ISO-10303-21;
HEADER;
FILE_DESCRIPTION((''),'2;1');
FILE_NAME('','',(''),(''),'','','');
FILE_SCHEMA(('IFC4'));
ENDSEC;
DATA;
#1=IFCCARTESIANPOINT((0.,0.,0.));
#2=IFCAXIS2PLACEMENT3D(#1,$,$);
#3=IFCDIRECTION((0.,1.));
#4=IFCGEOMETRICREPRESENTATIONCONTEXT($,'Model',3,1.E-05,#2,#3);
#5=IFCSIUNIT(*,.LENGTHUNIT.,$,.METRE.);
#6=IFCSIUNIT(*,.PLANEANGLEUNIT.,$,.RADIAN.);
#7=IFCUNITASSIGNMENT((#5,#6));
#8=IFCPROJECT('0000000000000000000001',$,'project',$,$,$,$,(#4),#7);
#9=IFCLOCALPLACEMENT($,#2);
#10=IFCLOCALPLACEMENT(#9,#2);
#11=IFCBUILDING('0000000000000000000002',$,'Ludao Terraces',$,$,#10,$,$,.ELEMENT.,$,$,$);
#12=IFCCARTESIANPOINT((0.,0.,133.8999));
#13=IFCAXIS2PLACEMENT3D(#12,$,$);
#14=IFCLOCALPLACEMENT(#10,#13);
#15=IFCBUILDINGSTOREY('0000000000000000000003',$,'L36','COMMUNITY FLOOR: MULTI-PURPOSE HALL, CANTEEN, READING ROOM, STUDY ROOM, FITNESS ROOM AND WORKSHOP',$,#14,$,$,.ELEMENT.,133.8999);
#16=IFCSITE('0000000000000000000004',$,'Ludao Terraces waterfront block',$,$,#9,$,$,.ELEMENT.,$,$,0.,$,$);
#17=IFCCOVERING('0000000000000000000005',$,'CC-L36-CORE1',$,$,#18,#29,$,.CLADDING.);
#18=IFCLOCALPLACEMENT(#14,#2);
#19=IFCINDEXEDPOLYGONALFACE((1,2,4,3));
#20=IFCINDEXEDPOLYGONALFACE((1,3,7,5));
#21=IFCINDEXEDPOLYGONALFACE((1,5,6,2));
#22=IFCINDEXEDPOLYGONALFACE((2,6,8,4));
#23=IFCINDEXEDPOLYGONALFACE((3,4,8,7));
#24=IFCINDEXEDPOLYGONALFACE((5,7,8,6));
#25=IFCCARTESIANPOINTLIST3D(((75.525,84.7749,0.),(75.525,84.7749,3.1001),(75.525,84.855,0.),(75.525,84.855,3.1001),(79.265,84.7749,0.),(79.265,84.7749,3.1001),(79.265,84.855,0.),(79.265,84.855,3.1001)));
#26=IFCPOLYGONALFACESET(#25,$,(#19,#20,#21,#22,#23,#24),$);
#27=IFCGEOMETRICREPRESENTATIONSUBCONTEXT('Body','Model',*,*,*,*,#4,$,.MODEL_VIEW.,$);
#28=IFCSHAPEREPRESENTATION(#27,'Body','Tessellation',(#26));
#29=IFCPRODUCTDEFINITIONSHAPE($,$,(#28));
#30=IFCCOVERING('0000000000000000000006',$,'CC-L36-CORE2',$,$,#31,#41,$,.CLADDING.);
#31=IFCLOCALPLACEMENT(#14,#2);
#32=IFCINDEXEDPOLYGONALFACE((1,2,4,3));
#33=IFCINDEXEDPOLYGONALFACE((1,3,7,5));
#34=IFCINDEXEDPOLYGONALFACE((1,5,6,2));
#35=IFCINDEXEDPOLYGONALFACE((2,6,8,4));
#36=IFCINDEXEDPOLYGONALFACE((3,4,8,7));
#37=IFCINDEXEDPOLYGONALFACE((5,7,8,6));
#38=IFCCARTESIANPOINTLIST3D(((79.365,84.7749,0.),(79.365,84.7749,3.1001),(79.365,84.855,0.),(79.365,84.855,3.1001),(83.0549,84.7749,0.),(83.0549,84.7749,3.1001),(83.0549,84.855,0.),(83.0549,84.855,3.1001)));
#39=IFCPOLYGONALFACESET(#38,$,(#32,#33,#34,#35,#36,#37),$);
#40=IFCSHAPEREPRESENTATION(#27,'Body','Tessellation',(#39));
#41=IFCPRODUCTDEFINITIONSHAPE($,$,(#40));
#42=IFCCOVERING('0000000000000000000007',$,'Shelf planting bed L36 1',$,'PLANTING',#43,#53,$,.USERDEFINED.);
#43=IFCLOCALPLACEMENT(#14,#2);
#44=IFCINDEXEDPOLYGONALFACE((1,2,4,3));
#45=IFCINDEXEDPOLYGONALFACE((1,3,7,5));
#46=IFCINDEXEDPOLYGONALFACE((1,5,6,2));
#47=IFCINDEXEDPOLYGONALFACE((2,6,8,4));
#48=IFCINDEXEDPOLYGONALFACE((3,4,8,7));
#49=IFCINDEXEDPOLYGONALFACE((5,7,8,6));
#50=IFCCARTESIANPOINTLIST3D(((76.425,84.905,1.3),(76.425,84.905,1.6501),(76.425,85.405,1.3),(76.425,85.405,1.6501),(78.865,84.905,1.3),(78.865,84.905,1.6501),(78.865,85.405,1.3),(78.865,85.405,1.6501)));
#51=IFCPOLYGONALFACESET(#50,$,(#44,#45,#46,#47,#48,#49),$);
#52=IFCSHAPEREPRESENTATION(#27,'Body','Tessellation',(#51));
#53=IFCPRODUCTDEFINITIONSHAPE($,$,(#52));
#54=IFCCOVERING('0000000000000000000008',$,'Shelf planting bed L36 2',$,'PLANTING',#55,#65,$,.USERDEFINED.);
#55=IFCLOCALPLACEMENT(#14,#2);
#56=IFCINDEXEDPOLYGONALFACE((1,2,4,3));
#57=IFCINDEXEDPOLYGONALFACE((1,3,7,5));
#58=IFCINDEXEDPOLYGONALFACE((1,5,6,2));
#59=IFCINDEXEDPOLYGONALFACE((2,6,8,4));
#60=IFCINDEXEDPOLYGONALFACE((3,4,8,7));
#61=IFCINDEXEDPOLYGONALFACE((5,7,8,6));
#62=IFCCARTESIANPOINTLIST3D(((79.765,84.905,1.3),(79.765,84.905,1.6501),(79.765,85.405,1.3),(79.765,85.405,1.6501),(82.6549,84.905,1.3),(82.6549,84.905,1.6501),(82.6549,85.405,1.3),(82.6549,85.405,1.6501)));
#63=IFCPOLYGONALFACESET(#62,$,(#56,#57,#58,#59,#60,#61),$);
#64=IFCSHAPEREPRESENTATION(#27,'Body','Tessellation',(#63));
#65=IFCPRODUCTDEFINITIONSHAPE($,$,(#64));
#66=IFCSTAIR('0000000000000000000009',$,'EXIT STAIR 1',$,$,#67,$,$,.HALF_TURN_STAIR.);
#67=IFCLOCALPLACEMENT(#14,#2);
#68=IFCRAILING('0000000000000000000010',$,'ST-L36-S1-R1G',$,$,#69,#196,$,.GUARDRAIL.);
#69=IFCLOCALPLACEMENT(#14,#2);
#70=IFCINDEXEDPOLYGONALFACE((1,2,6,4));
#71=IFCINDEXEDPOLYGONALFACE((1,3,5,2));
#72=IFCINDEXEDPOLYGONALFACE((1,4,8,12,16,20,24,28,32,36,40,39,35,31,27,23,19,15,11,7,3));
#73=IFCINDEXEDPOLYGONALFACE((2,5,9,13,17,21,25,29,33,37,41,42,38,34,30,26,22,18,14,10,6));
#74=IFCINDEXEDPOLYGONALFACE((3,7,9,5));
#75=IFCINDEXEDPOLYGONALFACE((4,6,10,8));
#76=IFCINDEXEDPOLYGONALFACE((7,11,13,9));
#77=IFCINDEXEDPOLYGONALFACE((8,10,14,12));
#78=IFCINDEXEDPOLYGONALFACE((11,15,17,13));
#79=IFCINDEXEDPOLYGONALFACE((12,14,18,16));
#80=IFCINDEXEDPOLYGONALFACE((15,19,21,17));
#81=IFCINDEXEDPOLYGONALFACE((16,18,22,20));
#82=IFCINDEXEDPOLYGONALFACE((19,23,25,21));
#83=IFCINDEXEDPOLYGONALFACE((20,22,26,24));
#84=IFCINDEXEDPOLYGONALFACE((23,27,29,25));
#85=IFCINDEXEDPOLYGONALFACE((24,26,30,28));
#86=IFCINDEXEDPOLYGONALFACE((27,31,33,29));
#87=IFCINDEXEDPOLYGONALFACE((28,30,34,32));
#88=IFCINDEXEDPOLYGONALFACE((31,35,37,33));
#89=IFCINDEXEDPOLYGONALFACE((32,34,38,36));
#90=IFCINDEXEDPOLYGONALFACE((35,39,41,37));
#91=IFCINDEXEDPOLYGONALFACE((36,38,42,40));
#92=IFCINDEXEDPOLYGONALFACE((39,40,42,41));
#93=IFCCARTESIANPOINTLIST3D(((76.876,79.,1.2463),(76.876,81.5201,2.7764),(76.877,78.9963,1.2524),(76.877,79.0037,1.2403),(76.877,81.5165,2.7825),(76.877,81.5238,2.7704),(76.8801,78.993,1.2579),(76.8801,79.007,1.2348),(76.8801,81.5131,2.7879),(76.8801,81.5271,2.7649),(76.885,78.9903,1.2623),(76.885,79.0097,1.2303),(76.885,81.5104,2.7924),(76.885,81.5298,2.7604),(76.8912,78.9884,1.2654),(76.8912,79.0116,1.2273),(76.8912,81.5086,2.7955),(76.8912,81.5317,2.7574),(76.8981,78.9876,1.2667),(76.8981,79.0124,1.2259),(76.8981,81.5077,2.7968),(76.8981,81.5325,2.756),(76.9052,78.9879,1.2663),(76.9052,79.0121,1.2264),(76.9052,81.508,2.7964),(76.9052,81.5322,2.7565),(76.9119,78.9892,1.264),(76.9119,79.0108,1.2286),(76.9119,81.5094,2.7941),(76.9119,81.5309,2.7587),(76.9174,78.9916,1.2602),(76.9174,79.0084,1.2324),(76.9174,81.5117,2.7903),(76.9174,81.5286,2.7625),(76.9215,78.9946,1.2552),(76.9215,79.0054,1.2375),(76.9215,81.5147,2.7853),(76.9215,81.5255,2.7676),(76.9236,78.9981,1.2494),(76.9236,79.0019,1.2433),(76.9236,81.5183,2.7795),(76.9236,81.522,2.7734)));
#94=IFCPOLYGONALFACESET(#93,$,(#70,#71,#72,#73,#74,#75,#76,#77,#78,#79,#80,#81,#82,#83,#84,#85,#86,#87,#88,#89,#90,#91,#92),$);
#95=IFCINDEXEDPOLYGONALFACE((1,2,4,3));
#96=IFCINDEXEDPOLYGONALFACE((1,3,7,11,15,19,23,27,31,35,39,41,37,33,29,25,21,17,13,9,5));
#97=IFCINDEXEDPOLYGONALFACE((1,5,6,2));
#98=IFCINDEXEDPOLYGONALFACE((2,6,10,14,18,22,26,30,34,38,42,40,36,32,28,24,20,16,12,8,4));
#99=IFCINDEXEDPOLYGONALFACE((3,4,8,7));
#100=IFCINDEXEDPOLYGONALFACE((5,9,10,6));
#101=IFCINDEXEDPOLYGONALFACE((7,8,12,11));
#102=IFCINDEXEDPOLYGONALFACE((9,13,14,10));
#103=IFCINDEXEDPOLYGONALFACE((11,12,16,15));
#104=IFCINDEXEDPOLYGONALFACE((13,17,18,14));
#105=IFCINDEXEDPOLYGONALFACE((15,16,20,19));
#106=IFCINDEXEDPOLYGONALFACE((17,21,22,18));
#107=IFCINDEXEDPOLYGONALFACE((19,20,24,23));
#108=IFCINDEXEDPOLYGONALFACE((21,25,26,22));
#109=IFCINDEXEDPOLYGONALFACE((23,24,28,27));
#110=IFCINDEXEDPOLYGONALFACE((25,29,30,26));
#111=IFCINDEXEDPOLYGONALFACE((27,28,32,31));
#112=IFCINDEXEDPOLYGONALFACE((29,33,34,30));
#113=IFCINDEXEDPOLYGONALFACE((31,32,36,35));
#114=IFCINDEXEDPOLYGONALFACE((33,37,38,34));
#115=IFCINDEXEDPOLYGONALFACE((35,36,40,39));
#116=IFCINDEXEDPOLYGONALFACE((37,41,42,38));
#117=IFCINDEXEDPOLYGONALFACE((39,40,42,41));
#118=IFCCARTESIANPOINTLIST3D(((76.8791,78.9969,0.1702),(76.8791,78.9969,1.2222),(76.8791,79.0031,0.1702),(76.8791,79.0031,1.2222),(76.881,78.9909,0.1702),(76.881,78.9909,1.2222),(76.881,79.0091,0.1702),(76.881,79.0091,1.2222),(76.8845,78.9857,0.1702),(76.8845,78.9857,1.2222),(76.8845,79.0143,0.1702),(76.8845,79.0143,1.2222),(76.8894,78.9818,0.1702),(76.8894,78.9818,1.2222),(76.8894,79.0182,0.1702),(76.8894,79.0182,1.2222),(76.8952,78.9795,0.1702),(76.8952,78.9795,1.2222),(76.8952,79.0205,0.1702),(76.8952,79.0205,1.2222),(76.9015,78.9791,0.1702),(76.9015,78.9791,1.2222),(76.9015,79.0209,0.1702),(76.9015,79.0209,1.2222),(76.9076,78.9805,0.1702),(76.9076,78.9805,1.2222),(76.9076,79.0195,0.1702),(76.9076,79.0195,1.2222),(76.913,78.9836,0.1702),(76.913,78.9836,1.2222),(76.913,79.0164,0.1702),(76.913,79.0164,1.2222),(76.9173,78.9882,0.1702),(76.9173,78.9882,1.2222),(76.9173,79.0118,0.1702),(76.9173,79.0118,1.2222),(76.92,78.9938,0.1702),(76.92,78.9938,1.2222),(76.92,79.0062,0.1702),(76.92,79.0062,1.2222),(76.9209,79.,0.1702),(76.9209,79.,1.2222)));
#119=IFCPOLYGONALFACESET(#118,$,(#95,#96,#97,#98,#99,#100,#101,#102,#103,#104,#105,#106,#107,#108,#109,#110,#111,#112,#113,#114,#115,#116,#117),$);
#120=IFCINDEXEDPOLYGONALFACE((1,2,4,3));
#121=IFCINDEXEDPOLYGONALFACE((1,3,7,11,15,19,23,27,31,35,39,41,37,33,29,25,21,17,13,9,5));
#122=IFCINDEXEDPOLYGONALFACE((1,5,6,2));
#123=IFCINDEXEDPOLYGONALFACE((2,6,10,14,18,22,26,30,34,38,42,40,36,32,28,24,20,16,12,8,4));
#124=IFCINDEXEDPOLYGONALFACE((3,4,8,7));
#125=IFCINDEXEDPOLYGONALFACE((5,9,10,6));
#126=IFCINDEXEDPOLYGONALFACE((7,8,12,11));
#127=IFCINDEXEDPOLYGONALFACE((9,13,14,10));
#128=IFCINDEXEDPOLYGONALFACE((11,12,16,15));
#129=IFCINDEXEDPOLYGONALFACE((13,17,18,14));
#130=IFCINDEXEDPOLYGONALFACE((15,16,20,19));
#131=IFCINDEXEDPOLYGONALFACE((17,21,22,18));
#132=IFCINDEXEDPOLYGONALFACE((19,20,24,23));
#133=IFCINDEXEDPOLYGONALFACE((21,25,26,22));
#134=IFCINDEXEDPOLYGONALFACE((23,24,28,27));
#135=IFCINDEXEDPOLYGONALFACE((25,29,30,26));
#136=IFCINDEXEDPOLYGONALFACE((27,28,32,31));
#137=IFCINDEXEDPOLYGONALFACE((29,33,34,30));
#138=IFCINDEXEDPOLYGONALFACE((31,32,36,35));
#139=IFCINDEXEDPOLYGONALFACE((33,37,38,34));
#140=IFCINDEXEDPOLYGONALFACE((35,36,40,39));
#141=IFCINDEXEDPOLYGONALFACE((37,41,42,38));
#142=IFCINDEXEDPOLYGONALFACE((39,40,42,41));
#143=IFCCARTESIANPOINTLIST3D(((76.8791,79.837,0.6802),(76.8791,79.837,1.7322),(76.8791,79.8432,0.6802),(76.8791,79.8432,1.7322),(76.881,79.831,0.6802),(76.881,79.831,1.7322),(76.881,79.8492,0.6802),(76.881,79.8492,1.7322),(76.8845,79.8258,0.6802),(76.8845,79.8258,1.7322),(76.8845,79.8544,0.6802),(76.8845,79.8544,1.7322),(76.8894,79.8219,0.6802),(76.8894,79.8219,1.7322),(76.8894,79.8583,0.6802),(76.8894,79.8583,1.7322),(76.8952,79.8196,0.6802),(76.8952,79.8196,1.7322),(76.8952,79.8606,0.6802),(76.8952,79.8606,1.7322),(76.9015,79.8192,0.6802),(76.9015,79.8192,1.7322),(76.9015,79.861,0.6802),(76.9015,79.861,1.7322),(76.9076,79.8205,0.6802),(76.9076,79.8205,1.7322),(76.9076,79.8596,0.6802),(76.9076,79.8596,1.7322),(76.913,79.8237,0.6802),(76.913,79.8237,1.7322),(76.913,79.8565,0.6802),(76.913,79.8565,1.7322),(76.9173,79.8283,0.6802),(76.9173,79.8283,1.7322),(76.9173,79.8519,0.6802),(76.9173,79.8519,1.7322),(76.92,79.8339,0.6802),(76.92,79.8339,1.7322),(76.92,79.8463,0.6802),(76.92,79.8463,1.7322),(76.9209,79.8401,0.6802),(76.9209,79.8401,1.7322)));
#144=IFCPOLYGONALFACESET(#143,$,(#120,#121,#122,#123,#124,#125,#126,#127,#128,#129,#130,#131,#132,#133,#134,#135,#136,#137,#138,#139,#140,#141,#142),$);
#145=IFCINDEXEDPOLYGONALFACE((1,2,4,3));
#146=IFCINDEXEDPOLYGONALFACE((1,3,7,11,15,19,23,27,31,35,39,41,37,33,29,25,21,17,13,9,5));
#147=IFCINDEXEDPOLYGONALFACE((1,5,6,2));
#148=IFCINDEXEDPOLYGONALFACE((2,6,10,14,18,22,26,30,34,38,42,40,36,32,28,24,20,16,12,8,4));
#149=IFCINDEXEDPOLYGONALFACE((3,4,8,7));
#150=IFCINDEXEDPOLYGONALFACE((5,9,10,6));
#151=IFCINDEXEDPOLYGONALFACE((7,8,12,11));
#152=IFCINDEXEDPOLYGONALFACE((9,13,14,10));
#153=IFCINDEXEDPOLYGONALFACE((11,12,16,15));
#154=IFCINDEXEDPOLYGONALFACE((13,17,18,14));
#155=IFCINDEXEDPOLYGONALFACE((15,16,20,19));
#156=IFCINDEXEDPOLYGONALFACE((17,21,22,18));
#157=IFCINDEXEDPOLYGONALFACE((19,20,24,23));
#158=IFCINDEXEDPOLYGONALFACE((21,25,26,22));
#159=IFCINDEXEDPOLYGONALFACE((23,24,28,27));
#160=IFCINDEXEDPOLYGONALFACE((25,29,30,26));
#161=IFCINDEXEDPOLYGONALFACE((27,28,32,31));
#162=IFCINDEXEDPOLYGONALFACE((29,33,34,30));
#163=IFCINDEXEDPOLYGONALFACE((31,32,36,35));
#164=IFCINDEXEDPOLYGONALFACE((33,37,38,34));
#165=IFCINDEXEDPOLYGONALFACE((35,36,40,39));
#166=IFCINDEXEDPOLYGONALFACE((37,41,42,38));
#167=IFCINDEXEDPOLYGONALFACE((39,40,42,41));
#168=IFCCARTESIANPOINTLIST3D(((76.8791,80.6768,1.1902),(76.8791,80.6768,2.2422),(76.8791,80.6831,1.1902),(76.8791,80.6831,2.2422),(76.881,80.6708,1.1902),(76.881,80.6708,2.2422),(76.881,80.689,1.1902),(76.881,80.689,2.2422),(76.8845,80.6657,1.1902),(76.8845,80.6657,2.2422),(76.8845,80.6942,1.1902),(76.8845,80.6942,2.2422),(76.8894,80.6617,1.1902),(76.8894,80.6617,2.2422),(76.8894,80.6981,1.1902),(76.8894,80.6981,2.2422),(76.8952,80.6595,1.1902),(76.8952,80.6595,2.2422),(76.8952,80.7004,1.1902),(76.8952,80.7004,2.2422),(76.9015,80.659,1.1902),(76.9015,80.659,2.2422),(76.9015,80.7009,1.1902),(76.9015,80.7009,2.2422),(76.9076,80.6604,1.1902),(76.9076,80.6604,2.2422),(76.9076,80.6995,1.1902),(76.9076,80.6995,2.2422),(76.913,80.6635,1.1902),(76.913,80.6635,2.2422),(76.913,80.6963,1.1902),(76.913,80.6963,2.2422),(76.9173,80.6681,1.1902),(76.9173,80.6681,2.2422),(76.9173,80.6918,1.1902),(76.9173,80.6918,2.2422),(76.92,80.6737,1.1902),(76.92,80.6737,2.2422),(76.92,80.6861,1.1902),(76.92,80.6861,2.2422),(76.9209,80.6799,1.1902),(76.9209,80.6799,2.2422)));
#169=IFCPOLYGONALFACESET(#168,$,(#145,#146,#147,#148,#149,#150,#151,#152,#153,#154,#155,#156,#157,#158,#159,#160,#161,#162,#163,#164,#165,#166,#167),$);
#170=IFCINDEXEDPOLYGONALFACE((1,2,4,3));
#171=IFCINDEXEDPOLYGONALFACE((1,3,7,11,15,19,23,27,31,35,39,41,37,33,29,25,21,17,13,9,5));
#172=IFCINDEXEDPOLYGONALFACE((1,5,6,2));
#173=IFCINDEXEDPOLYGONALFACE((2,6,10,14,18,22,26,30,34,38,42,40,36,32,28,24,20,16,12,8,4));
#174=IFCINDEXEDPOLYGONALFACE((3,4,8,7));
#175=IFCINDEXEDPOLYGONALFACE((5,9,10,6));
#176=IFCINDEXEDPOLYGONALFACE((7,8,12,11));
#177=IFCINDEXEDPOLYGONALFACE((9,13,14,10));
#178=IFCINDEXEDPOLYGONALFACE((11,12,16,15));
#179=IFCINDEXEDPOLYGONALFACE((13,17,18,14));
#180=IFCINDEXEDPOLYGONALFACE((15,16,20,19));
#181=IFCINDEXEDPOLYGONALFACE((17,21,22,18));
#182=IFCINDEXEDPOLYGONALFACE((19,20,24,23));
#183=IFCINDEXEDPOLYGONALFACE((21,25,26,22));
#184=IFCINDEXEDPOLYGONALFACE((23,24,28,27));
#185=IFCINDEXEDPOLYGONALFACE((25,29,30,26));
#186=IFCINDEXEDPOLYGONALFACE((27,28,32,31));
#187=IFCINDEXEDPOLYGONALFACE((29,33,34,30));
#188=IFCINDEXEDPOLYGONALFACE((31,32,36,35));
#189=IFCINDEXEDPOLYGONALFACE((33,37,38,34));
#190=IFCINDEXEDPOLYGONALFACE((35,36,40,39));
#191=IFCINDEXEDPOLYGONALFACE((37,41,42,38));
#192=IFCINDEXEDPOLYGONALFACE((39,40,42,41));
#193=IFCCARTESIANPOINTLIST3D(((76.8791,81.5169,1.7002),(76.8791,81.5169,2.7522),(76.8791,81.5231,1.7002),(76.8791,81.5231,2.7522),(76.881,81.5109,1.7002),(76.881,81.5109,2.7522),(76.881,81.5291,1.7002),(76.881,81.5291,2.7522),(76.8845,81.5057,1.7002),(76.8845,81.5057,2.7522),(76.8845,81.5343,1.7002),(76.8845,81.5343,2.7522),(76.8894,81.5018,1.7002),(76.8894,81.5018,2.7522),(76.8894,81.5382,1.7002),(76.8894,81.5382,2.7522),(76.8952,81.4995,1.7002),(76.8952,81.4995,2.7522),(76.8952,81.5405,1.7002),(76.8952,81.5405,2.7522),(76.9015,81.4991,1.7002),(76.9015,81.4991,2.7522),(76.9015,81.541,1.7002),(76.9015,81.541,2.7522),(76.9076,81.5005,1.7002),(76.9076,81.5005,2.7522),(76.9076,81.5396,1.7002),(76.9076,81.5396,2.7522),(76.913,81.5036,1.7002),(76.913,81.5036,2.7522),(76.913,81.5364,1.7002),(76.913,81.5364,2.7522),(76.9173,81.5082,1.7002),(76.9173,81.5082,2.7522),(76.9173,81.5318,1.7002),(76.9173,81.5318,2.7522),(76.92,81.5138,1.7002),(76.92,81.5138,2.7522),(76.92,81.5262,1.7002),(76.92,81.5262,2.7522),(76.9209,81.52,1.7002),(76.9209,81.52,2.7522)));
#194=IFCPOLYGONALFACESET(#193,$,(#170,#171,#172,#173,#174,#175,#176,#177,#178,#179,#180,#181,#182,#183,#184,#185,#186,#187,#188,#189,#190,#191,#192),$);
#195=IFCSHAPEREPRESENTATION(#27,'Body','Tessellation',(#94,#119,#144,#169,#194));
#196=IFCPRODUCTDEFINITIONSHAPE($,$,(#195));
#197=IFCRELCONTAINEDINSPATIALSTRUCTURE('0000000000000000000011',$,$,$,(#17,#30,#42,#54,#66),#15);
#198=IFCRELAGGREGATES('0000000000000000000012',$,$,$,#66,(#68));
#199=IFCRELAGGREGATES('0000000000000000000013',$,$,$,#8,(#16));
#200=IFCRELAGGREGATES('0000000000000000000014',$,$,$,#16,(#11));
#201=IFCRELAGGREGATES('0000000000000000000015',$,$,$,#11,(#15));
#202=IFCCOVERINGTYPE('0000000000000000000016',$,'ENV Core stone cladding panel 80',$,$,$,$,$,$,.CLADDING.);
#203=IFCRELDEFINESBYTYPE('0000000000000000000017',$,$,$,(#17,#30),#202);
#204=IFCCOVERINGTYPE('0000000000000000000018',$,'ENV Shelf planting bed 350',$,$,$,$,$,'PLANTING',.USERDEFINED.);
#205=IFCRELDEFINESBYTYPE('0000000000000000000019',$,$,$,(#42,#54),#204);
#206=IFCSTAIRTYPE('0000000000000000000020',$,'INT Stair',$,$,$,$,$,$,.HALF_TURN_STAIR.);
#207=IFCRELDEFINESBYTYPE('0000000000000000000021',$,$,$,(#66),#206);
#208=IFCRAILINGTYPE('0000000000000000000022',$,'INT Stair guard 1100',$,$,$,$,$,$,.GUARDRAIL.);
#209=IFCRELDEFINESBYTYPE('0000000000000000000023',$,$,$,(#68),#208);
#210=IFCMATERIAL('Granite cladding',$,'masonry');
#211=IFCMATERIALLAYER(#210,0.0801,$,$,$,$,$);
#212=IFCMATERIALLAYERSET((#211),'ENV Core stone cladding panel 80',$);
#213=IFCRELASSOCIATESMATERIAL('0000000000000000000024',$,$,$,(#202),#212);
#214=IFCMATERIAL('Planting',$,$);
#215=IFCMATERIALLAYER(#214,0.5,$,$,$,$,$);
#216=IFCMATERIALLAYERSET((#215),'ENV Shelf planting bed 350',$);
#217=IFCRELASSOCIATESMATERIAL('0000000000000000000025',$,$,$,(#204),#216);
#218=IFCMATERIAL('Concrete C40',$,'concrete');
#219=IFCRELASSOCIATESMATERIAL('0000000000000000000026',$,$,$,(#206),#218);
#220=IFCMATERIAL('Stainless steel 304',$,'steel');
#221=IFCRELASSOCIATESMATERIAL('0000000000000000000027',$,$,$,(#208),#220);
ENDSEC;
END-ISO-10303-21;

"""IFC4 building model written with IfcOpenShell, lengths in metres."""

from ifc_helpers import new_model, si_unit, direction, frame, origin, origin_2d, place, context, subcontext, project, spatial, rectangle, circle, extrude, material, layer, layer_set, type_object, element, aggregate, save


model = new_model("IFC4")

# Units and contexts
model_context = context("Model", 3, precision=1e-05, world=origin(), true_north=direction((0.0, 1.0)))
body_context = subcontext(model_context, "Body", "Model", "MODEL_VIEW")
ifc_project = project(units=[si_unit("LENGTHUNIT", "METRE"), si_unit("PLANEANGLEUNIT", "RADIAN")], contexts=[model_context])

# Site, building, storey
site_placement = place(None, origin())
site = spatial("IfcSite", under=ifc_project, at=site_placement, Name="Ludao Terraces waterfront block", CompositionType="ELEMENT", RefElevation=0.0)
building_placement = place(site_placement, origin())
building = spatial("IfcBuilding", under=site, at=building_placement, Name="Ludao Terraces", CompositionType="ELEMENT")
storey_placement = place(building_placement, frame((0.0, 0.0, 133.8999)))
storey = spatial("IfcBuildingStorey", under=building, at=storey_placement, Name="L36", Description="COMMUNITY FLOOR: MULTI-PURPOSE HALL, CANTEEN, READING ROOM, STUDY ROOM, FITNESS ROOM AND WORKSHOP", CompositionType="ELEMENT", Elevation=133.8999)

# Shared definitions
ifc_material_1 = material(Name="Stainless steel 304", Category="steel")

# Coverings
ifc_material_2 = material(Name="Granite cladding", Category="masonry")
ifc_layer_1 = layer(ifc_material_2, 0.0801)
ifc_layer_set_1 = layer_set([ifc_layer_1], Name="ENV Core stone cladding panel 80")
covering_type_1 = type_object("IfcCoveringType", Name="ENV Core stone cladding panel 80", PredefinedType="CLADDING", material=ifc_layer_set_1)
covering_1_placement = place(storey_placement, frame((77.395, 84.8149, 0.0), z_axis=(0.0, 0.0, 1.0), x_axis=(1.0, 0.0, 0.0)))
element("IfcCovering", 1, at=covering_1_placement, inside=storey, type_object=covering_type_1, Name="CC-L36-CORE1", PredefinedType="CLADDING", context=body_context, shape_type="SweptSolid", body=[
    extrude(rectangle(XDim=3.74, YDim=0.0801, at=origin_2d()), origin(), (0.0, 0.0, 1.0), 3.1001),
])
covering_2_placement = place(storey_placement, frame((81.21, 84.8149, 0.0), z_axis=(0.0, 0.0, 1.0), x_axis=(1.0, 0.0, 0.0)))
element("IfcCovering", 2, at=covering_2_placement, inside=storey, type_object=covering_type_1, Name="CC-L36-CORE2", PredefinedType="CLADDING", context=body_context, shape_type="SweptSolid", body=[
    extrude(rectangle(XDim=3.6899, YDim=0.0801, at=origin_2d()), origin(), (0.0, 0.0, 1.0), 3.1001),
])
ifc_material_3 = material(Name="Planting")
ifc_layer_2 = layer(ifc_material_3, 0.5)
ifc_layer_set_2 = layer_set([ifc_layer_2], Name="ENV Shelf planting bed 350")
covering_type_2 = type_object("IfcCoveringType", Name="ENV Shelf planting bed 350", ElementType="PLANTING", PredefinedType="USERDEFINED", material=ifc_layer_set_2)
covering_3_placement = place(storey_placement, frame((77.645, 85.155, 1.3), z_axis=(0.0, 0.0, 1.0), x_axis=(1.0, 0.0, 0.0)))
element("IfcCovering", 3, at=covering_3_placement, inside=storey, type_object=covering_type_2, Name="Shelf planting bed L36 1", ObjectType="PLANTING", PredefinedType="USERDEFINED", context=body_context, shape_type="SweptSolid", body=[
    extrude(rectangle(XDim=2.4399, YDim=0.5, at=origin_2d()), origin(), (0.0, 0.0, 1.0), 0.3501),
])
covering_4_placement = place(storey_placement, frame((81.21, 85.155, 1.3), z_axis=(0.0, 0.0, 1.0), x_axis=(1.0, 0.0, 0.0)))
element("IfcCovering", 4, at=covering_4_placement, inside=storey, type_object=covering_type_2, Name="Shelf planting bed L36 2", ObjectType="PLANTING", PredefinedType="USERDEFINED", context=body_context, shape_type="SweptSolid", body=[
    extrude(rectangle(XDim=2.8899, YDim=0.5, at=origin_2d()), origin(), (0.0, 0.0, 1.0), 0.3501),
])

# Stair, railing
ifc_material_4 = material(Name="Concrete C40", Category="concrete")
stair_type = type_object("IfcStairType", Name="INT Stair", PredefinedType="HALF_TURN_STAIR", material=ifc_material_4)
stair_placement = place(storey_placement, origin())
stair = element("IfcStair", 5, at=stair_placement, inside=storey, type_object=stair_type, Name="EXIT STAIR 1", PredefinedType="HALF_TURN_STAIR")
railing_type_1 = type_object("IfcRailingType", Name="INT Stair guard 1100", PredefinedType="GUARDRAIL", material=ifc_material_1)
railing_1_placement = place(storey_placement, frame((76.8999, 79.0, 0.1702)))
railing_1 = element("IfcRailing", 6, at=railing_1_placement, type_object=railing_type_1, Name="ST-L36-S1-R1G", PredefinedType="GUARDRAIL", context=body_context, shape_type="SweptSolid", body=[
    extrude(circle(Radius=0.0239, at=origin_2d()), frame((0.0, 0.0, 1.0762), z_axis=(0.0, 0.854785, 0.518982), x_axis=(-1.0, 0.0, 0.0)), (0.0, 0.0, 1.0), 2.9482),
    extrude(circle(Radius=0.021, at=origin_2d()), origin(), (0.0, 0.0, 1.0), 1.052),
    extrude(circle(Radius=0.021, at=origin_2d()), frame((0.0, 0.8401, 0.51)), (0.0, 0.0, 1.0), 1.052),
    extrude(circle(Radius=0.021, at=origin_2d()), frame((0.0, 1.6799, 1.02)), (0.0, 0.0, 1.0), 1.052),
    extrude(circle(Radius=0.021, at=origin_2d()), frame((0.0, 2.52, 1.53)), (0.0, 0.0, 1.0), 1.052),
])
aggregate(stair, [railing_1])

save(model, "model.ifc")
